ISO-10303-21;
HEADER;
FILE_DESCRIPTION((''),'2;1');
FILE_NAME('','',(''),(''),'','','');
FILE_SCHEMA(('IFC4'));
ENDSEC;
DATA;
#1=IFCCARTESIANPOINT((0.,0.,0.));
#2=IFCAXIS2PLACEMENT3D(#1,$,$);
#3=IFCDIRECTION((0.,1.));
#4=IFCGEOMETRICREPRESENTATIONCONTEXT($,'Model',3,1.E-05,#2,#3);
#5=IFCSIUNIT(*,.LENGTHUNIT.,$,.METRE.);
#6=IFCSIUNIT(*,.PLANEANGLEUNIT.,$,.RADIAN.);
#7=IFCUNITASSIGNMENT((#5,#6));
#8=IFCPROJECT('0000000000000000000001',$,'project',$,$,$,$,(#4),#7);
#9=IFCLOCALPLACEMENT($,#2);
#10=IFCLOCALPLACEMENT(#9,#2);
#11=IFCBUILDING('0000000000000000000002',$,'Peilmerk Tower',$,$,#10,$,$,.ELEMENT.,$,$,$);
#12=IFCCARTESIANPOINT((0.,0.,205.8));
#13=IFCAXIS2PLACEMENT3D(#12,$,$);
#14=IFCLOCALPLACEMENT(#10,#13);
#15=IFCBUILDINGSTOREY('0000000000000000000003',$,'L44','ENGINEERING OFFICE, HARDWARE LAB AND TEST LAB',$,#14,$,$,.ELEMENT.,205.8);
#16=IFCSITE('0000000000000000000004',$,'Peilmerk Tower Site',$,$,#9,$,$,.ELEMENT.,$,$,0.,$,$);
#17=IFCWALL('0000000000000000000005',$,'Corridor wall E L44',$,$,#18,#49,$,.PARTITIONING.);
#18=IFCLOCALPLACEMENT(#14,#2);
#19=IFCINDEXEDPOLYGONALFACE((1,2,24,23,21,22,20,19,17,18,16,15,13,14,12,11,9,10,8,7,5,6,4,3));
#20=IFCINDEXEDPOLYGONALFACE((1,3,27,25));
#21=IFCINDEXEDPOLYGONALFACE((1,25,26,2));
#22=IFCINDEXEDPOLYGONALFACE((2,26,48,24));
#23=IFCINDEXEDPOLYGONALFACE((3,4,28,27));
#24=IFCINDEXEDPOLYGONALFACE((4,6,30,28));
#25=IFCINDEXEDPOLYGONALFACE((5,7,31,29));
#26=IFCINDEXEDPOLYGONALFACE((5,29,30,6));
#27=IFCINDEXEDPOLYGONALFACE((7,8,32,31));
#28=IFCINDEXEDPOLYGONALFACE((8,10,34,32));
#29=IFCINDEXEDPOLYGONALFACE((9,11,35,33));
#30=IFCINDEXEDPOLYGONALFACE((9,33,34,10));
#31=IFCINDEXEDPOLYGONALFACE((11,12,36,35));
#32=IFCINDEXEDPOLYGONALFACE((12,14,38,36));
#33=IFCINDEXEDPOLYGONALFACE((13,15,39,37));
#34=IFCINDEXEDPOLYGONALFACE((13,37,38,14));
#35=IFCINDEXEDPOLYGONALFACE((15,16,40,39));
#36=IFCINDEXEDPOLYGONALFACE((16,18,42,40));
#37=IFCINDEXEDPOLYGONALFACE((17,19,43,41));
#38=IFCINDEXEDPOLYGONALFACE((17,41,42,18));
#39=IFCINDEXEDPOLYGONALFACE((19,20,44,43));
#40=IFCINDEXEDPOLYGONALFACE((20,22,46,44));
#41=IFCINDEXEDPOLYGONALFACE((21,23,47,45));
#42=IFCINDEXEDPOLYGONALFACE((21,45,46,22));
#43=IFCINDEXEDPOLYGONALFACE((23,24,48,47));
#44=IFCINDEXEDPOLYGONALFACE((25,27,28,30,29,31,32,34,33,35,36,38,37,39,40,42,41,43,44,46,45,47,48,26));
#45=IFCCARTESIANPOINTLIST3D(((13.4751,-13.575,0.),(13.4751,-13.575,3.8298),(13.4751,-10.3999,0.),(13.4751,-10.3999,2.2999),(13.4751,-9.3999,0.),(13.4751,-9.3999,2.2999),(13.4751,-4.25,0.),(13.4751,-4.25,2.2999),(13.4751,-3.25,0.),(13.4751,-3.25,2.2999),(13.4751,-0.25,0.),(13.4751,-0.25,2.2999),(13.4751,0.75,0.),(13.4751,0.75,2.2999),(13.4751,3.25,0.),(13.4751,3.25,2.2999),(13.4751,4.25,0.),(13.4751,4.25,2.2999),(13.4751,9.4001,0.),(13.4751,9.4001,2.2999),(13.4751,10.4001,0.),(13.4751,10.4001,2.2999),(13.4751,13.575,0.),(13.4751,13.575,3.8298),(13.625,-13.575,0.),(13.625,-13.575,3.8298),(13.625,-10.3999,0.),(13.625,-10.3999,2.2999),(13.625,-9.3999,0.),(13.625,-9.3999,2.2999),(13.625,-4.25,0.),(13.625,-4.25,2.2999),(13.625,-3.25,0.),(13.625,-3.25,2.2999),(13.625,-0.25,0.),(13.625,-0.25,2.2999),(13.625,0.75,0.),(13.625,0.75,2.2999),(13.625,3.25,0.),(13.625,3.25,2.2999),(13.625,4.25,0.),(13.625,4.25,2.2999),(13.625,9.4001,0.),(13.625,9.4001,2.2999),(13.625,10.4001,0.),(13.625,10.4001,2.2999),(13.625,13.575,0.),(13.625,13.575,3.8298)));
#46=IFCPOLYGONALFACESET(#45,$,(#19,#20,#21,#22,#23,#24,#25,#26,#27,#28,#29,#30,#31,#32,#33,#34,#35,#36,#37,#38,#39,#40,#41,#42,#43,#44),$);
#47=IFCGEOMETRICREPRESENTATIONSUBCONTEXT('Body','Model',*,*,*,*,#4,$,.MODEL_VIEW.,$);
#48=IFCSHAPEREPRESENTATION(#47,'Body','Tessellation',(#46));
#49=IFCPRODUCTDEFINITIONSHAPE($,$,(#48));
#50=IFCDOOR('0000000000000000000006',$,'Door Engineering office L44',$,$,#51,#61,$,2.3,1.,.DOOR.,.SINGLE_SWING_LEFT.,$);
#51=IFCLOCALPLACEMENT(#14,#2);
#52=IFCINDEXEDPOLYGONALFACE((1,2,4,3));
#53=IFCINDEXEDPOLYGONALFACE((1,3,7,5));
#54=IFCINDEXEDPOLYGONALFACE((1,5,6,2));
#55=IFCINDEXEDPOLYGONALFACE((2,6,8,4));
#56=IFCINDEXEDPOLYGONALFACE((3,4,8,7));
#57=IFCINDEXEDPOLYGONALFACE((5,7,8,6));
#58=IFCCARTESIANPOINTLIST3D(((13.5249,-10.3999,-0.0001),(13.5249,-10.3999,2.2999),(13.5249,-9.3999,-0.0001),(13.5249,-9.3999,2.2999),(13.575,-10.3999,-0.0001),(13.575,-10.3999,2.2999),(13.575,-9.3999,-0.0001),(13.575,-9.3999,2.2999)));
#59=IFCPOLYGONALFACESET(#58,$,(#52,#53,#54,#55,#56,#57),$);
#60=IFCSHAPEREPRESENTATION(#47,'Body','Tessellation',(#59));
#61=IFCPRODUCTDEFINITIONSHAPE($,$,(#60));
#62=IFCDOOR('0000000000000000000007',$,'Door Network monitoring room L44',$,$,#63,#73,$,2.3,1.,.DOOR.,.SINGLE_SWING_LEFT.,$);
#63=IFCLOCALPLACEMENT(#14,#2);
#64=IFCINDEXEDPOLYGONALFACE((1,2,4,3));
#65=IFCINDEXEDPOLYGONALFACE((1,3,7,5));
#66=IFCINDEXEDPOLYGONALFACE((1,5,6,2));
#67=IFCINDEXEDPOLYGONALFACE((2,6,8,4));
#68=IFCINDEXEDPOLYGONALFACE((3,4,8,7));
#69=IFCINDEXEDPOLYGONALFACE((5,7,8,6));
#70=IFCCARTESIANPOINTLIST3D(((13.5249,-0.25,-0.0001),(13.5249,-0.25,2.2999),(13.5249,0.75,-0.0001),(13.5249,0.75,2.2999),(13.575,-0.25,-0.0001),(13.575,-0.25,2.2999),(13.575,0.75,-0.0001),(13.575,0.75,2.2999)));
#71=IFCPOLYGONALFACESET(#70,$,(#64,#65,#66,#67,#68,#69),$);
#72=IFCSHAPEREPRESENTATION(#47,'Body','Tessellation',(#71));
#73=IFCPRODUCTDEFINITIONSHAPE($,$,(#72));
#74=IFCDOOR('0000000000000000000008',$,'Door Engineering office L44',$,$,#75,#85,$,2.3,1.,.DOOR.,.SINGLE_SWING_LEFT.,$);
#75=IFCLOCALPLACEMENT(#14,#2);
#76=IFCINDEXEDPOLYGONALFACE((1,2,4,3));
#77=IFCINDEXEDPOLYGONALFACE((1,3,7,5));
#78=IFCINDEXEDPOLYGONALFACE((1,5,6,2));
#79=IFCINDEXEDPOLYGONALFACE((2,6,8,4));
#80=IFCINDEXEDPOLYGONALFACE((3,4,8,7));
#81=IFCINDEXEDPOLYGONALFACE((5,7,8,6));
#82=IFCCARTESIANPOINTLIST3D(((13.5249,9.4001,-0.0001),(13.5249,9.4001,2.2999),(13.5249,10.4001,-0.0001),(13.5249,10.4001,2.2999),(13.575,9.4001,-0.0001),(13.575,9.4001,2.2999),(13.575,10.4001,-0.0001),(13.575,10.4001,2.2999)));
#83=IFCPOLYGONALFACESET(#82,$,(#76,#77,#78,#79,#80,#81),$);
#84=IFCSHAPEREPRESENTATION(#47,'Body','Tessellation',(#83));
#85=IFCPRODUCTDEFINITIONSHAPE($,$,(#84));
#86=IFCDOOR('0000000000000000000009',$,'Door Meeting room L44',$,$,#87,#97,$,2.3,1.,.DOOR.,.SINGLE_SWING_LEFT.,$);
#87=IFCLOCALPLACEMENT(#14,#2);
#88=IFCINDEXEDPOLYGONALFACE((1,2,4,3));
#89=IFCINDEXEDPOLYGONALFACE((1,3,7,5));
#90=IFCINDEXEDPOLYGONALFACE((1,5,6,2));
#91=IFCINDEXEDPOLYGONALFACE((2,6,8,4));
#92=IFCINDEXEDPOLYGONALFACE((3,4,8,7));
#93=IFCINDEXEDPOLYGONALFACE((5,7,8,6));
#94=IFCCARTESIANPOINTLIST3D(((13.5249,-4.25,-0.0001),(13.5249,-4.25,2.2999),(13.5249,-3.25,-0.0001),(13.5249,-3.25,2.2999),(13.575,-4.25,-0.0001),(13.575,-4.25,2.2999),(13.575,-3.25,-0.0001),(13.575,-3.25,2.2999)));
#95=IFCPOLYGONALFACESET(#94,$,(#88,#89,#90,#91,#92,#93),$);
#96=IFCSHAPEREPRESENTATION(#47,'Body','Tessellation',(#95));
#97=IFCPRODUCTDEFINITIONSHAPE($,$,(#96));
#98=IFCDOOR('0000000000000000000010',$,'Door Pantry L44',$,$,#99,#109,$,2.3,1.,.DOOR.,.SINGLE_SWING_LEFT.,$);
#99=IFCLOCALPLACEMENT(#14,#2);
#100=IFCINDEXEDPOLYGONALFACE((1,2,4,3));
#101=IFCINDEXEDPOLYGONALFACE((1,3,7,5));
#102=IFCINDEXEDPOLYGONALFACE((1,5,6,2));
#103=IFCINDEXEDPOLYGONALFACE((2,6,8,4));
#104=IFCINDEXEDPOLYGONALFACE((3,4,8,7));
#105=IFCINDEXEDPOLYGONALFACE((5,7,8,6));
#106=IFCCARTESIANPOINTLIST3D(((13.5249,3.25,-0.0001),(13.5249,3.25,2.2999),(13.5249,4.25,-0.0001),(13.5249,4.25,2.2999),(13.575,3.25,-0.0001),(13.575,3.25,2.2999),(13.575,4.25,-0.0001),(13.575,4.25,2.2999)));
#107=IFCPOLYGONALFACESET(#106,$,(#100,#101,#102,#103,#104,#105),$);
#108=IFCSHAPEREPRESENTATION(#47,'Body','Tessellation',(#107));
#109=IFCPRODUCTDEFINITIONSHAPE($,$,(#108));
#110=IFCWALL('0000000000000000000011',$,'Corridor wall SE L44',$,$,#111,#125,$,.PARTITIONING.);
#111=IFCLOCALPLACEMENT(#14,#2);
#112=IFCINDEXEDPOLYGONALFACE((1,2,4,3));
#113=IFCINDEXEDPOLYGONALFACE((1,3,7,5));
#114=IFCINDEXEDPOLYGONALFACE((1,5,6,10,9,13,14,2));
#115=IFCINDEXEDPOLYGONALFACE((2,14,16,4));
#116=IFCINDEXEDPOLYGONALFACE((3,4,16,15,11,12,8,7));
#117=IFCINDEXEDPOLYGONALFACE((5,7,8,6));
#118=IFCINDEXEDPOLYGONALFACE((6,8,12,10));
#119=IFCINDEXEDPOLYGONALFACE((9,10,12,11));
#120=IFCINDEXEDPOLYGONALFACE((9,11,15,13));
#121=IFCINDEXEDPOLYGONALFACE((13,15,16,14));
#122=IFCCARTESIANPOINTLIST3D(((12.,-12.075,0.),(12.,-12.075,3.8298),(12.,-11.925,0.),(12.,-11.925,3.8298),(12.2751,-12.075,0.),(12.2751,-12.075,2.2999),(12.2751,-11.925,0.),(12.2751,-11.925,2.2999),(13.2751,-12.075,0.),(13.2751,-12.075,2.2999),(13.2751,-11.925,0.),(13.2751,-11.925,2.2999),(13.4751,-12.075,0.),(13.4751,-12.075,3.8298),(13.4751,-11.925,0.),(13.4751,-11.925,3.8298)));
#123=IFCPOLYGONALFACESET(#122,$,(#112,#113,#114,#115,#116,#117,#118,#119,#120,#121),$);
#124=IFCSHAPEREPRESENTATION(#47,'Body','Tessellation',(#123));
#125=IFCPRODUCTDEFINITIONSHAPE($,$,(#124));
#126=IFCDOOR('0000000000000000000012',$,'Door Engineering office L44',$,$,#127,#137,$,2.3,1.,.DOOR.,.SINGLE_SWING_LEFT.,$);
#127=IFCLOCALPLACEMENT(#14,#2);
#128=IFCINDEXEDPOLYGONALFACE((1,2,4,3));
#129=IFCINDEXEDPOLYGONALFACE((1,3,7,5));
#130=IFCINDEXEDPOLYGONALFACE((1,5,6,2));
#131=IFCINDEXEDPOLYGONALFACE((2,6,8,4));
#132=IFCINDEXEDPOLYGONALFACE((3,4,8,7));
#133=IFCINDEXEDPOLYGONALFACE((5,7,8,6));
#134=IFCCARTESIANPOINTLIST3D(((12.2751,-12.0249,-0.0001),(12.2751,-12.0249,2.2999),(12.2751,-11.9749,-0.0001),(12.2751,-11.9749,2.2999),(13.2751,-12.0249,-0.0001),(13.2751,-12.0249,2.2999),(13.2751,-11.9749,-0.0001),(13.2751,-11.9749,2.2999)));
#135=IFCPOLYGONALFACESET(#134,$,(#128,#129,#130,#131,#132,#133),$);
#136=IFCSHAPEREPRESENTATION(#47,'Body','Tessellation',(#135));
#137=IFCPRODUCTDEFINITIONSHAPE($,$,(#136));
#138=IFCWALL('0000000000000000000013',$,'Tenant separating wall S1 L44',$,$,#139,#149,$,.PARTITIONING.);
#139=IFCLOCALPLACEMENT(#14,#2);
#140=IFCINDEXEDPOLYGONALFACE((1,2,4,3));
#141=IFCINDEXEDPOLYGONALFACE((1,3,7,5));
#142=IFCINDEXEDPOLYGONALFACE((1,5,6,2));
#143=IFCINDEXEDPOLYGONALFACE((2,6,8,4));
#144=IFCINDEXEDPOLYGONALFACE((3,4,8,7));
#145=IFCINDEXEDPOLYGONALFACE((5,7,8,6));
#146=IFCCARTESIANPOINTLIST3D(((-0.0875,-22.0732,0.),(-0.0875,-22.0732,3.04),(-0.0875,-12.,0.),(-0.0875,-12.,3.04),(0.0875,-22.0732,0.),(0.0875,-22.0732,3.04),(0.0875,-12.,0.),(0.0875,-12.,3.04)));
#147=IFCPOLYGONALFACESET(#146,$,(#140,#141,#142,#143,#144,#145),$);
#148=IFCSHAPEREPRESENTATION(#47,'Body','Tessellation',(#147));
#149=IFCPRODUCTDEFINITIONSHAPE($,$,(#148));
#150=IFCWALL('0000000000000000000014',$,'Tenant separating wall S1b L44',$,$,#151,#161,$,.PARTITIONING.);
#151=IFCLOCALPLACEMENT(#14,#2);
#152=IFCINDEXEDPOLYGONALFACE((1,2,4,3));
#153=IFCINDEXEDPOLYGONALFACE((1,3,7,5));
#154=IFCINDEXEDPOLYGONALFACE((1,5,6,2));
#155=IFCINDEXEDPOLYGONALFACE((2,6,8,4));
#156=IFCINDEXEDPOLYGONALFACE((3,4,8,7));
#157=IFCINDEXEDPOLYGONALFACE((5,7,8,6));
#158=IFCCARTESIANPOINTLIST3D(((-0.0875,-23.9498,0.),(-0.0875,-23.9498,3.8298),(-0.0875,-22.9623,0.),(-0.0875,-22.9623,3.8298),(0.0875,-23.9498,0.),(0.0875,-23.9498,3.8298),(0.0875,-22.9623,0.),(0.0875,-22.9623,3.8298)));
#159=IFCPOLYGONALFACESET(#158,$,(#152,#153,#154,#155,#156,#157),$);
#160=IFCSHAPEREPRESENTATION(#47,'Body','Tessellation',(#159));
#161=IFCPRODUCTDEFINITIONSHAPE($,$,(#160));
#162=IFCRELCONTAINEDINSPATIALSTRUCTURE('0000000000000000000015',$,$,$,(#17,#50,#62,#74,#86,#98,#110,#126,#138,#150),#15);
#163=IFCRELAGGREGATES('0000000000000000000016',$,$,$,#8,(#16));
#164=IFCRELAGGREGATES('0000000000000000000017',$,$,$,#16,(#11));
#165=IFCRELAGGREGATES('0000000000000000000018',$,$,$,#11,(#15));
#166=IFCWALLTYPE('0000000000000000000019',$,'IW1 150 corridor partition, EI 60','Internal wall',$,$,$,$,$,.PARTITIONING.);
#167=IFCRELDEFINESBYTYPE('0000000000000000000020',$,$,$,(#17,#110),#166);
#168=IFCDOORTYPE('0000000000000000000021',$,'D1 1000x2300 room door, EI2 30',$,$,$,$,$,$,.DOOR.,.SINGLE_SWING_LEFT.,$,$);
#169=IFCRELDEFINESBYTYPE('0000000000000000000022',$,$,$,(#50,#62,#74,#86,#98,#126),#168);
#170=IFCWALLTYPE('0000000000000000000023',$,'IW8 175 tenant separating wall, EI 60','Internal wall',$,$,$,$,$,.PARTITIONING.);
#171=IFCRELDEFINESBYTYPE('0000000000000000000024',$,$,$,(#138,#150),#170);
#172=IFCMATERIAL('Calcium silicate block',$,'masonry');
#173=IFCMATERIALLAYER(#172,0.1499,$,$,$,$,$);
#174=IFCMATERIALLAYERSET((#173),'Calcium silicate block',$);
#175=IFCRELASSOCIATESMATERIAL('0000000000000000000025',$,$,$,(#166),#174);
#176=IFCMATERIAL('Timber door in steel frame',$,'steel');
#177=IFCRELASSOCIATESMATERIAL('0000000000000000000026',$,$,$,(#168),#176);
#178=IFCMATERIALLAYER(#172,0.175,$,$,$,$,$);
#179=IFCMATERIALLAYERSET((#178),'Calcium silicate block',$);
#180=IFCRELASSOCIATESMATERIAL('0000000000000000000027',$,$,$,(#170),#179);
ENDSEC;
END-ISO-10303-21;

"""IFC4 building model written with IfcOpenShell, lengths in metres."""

from ifc_helpers import new_model, si_unit, direction, frame, frame_2d, origin, place, context, subcontext, project, spatial, rectangle, extrude, material, layer, layer_set, type_object, element, fill, save


model = new_model("IFC4")

# Units and contexts
model_context = context("Model", 3, precision=1e-05, world=origin(), true_north=direction((0.0, 1.0)))
body_context = subcontext(model_context, "Body", "Model", "MODEL_VIEW")
ifc_project = project(units=[si_unit("LENGTHUNIT", "METRE"), si_unit("PLANEANGLEUNIT", "RADIAN")], contexts=[model_context])

# Site, building, storey
site_placement = place(None, origin())
site = spatial("IfcSite", under=ifc_project, at=site_placement, Name="Peilmerk Tower Site", CompositionType="ELEMENT", RefElevation=0.0)
building_placement = place(site_placement, origin())
building = spatial("IfcBuilding", under=site, at=building_placement, Name="Peilmerk Tower", CompositionType="ELEMENT")
storey_placement = place(building_placement, frame((0.0, 0.0, 205.8)))
storey = spatial("IfcBuildingStorey", under=building, at=storey_placement, Name="L44", Description="ENGINEERING OFFICE, HARDWARE LAB AND TEST LAB", CompositionType="ELEMENT", Elevation=205.8)

# Wall, openings, doors
ifc_material_1 = material(Name="Calcium silicate block", Category="masonry")
ifc_layer_1 = layer(ifc_material_1, 0.1499)
ifc_layer_set_1 = layer_set([ifc_layer_1], Name="Calcium silicate block")
wall_type_1 = type_object("IfcWallType", Name="IW1 150 corridor partition, EI 60", Description="Internal wall", PredefinedType="PARTITIONING", material=ifc_layer_set_1)
wall_1_placement = place(storey_placement, frame((13.55, -13.575, 0.0), z_axis=(0.0, 0.0, 1.0), x_axis=(0.0, 1.0, 0.0)))
wall_1 = element("IfcWall", 1, at=wall_1_placement, inside=storey, type_object=wall_type_1, Name="Corridor wall E L44", PredefinedType="PARTITIONING", context=body_context, shape_type="SweptSolid", body=[
    extrude(rectangle(XDim=27.1499, YDim=0.1499, at=frame_2d((13.575, 0.0))), origin(), (0.0, 0.0, 1.0), 3.8298),
])
opening_1_placement = place(wall_1_placement, frame((3.175, 0.0, 0.0)))
opening_1 = element("IfcOpeningElement", 2, at=opening_1_placement, cuts=wall_1, PredefinedType="OPENING", context=body_context, shape_type="SweptSolid", body=[
    extrude(rectangle(XDim=1.0, YDim=2.3, at=frame_2d((0.5, 1.1499))), frame((0.0, 0.085, 0.0), z_axis=(0.0, -1.0, 0.0), x_axis=(1.0, 0.0, 0.0)), (0.0, 0.0, 1.0), 0.1699),
])
opening_2_placement = place(wall_1_placement, frame((13.325, 0.0, 0.0)))
opening_2 = element("IfcOpeningElement", 3, at=opening_2_placement, cuts=wall_1, PredefinedType="OPENING", context=body_context, shape_type="SweptSolid", body=[
    extrude(rectangle(XDim=1.0, YDim=2.3, at=frame_2d((0.5, 1.1499))), frame((0.0, 0.085, 0.0), z_axis=(0.0, -1.0, 0.0), x_axis=(1.0, 0.0, 0.0)), (0.0, 0.0, 1.0), 0.1699),
])
opening_3_placement = place(wall_1_placement, frame((22.9751, 0.0, 0.0)))
opening_3 = element("IfcOpeningElement", 4, at=opening_3_placement, cuts=wall_1, PredefinedType="OPENING", context=body_context, shape_type="SweptSolid", body=[
    extrude(rectangle(XDim=1.0, YDim=2.3, at=frame_2d((0.5, 1.1499))), frame((0.0, 0.085, 0.0), z_axis=(0.0, -1.0, 0.0), x_axis=(1.0, 0.0, 0.0)), (0.0, 0.0, 1.0), 0.1699),
])
opening_4_placement = place(wall_1_placement, frame((9.325, 0.0, 0.0)))
opening_4 = element("IfcOpeningElement", 5, at=opening_4_placement, cuts=wall_1, PredefinedType="OPENING", context=body_context, shape_type="SweptSolid", body=[
    extrude(rectangle(XDim=1.0, YDim=2.3, at=frame_2d((0.5, 1.1499))), frame((0.0, 0.085, 0.0), z_axis=(0.0, -1.0, 0.0), x_axis=(1.0, 0.0, 0.0)), (0.0, 0.0, 1.0), 0.1699),
])
opening_5_placement = place(wall_1_placement, frame((16.825, 0.0, 0.0)))
opening_5 = element("IfcOpeningElement", 6, at=opening_5_placement, cuts=wall_1, PredefinedType="OPENING", context=body_context, shape_type="SweptSolid", body=[
    extrude(rectangle(XDim=1.0, YDim=2.3, at=frame_2d((0.5, 1.1499))), frame((0.0, 0.085, 0.0), z_axis=(0.0, -1.0, 0.0), x_axis=(1.0, 0.0, 0.0)), (0.0, 0.0, 1.0), 0.1699),
])
ifc_material_2 = material(Name="Timber door in steel frame", Category="steel")
door_type_1 = type_object("IfcDoorType", Name="D1 1000x2300 room door, EI2 30", OperationType="SINGLE_SWING_LEFT", PredefinedType="DOOR", material=ifc_material_2)
door_1_placement = place(opening_1_placement, frame((1.0, 0.0, 0.0), z_axis=(0.0, 0.0, 1.0), x_axis=(-1.0, 0.0, 0.0)))
door_1 = element("IfcDoor", 7, at=door_1_placement, inside=storey, type_object=door_type_1, Name="Door Engineering office L44", OperationType="SINGLE_SWING_LEFT", OverallHeight=2.3, OverallWidth=1.0, PredefinedType="DOOR", context=body_context, shape_type="SweptSolid", body=[
    extrude(rectangle(XDim=1.0, YDim=2.3, at=frame_2d((0.5, 1.1499))), frame((0.0, 0.0249, 0.0), z_axis=(0.0, -1.0, 0.0), x_axis=(1.0, 0.0, 0.0)), (0.0, 0.0, 1.0), 0.05),
])
fill(opening_1, door_1)
door_2_placement = place(opening_2_placement, frame((1.0, 0.0, 0.0), z_axis=(0.0, 0.0, 1.0), x_axis=(-1.0, 0.0, 0.0)))
door_2 = element("IfcDoor", 8, at=door_2_placement, inside=storey, type_object=door_type_1, Name="Door Network monitoring room L44", OperationType="SINGLE_SWING_LEFT", OverallHeight=2.3, OverallWidth=1.0, PredefinedType="DOOR", context=body_context, shape_type="SweptSolid", body=[
    extrude(rectangle(XDim=1.0, YDim=2.3, at=frame_2d((0.5, 1.1499))), frame((0.0, 0.0249, 0.0), z_axis=(0.0, -1.0, 0.0), x_axis=(1.0, 0.0, 0.0)), (0.0, 0.0, 1.0), 0.05),
])
fill(opening_2, door_2)
door_3_placement = place(opening_3_placement, frame((1.0, 0.0, 0.0), z_axis=(0.0, 0.0, 1.0), x_axis=(-1.0, 0.0, 0.0)))
door_3 = element("IfcDoor", 9, at=door_3_placement, inside=storey, type_object=door_type_1, Name="Door Engineering office L44", OperationType="SINGLE_SWING_LEFT", OverallHeight=2.3, OverallWidth=1.0, PredefinedType="DOOR", context=body_context, shape_type="SweptSolid", body=[
    extrude(rectangle(XDim=1.0, YDim=2.3, at=frame_2d((0.5, 1.1499))), frame((0.0, 0.0249, 0.0), z_axis=(0.0, -1.0, 0.0), x_axis=(1.0, 0.0, 0.0)), (0.0, 0.0, 1.0), 0.05),
])
fill(opening_3, door_3)
door_4_placement = place(opening_4_placement, frame((1.0, 0.0, 0.0), z_axis=(0.0, 0.0, 1.0), x_axis=(-1.0, 0.0, 0.0)))
door_4 = element("IfcDoor", 10, at=door_4_placement, inside=storey, type_object=door_type_1, Name="Door Meeting room L44", OperationType="SINGLE_SWING_LEFT", OverallHeight=2.3, OverallWidth=1.0, PredefinedType="DOOR", context=body_context, shape_type="SweptSolid", body=[
    extrude(rectangle(XDim=1.0, YDim=2.3, at=frame_2d((0.5, 1.1499))), frame((0.0, 0.0249, 0.0), z_axis=(0.0, -1.0, 0.0), x_axis=(1.0, 0.0, 0.0)), (0.0, 0.0, 1.0), 0.05),
])
fill(opening_4, door_4)
door_5_placement = place(opening_5_placement, frame((1.0, 0.0, 0.0), z_axis=(0.0, 0.0, 1.0), x_axis=(-1.0, 0.0, 0.0)))
door_5 = element("IfcDoor", 11, at=door_5_placement, inside=storey, type_object=door_type_1, Name="Door Pantry L44", OperationType="SINGLE_SWING_LEFT", OverallHeight=2.3, OverallWidth=1.0, PredefinedType="DOOR", context=body_context, shape_type="SweptSolid", body=[
    extrude(rectangle(XDim=1.0, YDim=2.3, at=frame_2d((0.5, 1.1499))), frame((0.0, 0.0249, 0.0), z_axis=(0.0, -1.0, 0.0), x_axis=(1.0, 0.0, 0.0)), (0.0, 0.0, 1.0), 0.05),
])
fill(opening_5, door_5)

# Wall, opening, door
wall_2_placement = place(storey_placement, frame((13.4751, -12.0, 0.0), z_axis=(0.0, 0.0, 1.0), x_axis=(-1.0, 0.0, 0.0)))
wall_2 = element("IfcWall", 12, at=wall_2_placement, inside=storey, type_object=wall_type_1, Name="Corridor wall SE L44", PredefinedType="PARTITIONING", context=body_context, shape_type="SweptSolid", body=[
    extrude(rectangle(XDim=1.4751, YDim=0.1499, at=frame_2d((0.7375, 0.0))), origin(), (0.0, 0.0, 1.0), 3.8298),
])
opening_6_placement = place(wall_2_placement, frame((0.2, 0.0, 0.0)))
opening_6 = element("IfcOpeningElement", 13, at=opening_6_placement, cuts=wall_2, PredefinedType="OPENING", context=body_context, shape_type="SweptSolid", body=[
    extrude(rectangle(XDim=1.0, YDim=2.3, at=frame_2d((0.5, 1.1499))), frame((0.0, 0.085, 0.0), z_axis=(0.0, -1.0, 0.0), x_axis=(1.0, 0.0, 0.0)), (0.0, 0.0, 1.0), 0.1699),
])
door_6_placement = place(opening_6_placement, origin())
door_6 = element("IfcDoor", 14, at=door_6_placement, inside=storey, type_object=door_type_1, Name="Door Engineering office L44", OperationType="SINGLE_SWING_LEFT", OverallHeight=2.3, OverallWidth=1.0, PredefinedType="DOOR", context=body_context, shape_type="SweptSolid", body=[
    extrude(rectangle(XDim=1.0, YDim=2.3, at=frame_2d((0.5, 1.1499))), frame((0.0, 0.0249, 0.0), z_axis=(0.0, -1.0, 0.0), x_axis=(1.0, 0.0, 0.0)), (0.0, 0.0, 1.0), 0.05),
])
fill(opening_6, door_6)

# Walls
ifc_layer_2 = layer(ifc_material_1, 0.175)
ifc_layer_set_2 = layer_set([ifc_layer_2], Name="Calcium silicate block")
wall_type_2 = type_object("IfcWallType", Name="IW8 175 tenant separating wall, EI 60", Description="Internal wall", PredefinedType="PARTITIONING", material=ifc_layer_set_2)
wall_3_placement = place(storey_placement, frame((0.0, -12.0, 0.0), z_axis=(0.0, 0.0, 1.0), x_axis=(0.0, -1.0, 0.0)))
element("IfcWall", 15, at=wall_3_placement, inside=storey, type_object=wall_type_2, Name="Tenant separating wall S1 L44", PredefinedType="PARTITIONING", context=body_context, shape_type="SweptSolid", body=[
    extrude(rectangle(XDim=10.0732, YDim=0.175, at=frame_2d((5.0366, 0.0))), origin(), (0.0, 0.0, 1.0), 3.04),
])
wall_4_placement = place(storey_placement, frame((0.0, -22.9624, 0.0), z_axis=(0.0, 0.0, 1.0), x_axis=(0.0, -1.0, 0.0)))
element("IfcWall", 16, at=wall_4_placement, inside=storey, type_object=wall_type_2, Name="Tenant separating wall S1b L44", PredefinedType="PARTITIONING", context=body_context, shape_type="SweptSolid", body=[
    extrude(rectangle(XDim=0.9875, YDim=0.175, at=frame_2d((0.4937, 0.0))), origin(), (0.0, 0.0, 1.0), 3.8298),
])

save(model, "model.ifc")
